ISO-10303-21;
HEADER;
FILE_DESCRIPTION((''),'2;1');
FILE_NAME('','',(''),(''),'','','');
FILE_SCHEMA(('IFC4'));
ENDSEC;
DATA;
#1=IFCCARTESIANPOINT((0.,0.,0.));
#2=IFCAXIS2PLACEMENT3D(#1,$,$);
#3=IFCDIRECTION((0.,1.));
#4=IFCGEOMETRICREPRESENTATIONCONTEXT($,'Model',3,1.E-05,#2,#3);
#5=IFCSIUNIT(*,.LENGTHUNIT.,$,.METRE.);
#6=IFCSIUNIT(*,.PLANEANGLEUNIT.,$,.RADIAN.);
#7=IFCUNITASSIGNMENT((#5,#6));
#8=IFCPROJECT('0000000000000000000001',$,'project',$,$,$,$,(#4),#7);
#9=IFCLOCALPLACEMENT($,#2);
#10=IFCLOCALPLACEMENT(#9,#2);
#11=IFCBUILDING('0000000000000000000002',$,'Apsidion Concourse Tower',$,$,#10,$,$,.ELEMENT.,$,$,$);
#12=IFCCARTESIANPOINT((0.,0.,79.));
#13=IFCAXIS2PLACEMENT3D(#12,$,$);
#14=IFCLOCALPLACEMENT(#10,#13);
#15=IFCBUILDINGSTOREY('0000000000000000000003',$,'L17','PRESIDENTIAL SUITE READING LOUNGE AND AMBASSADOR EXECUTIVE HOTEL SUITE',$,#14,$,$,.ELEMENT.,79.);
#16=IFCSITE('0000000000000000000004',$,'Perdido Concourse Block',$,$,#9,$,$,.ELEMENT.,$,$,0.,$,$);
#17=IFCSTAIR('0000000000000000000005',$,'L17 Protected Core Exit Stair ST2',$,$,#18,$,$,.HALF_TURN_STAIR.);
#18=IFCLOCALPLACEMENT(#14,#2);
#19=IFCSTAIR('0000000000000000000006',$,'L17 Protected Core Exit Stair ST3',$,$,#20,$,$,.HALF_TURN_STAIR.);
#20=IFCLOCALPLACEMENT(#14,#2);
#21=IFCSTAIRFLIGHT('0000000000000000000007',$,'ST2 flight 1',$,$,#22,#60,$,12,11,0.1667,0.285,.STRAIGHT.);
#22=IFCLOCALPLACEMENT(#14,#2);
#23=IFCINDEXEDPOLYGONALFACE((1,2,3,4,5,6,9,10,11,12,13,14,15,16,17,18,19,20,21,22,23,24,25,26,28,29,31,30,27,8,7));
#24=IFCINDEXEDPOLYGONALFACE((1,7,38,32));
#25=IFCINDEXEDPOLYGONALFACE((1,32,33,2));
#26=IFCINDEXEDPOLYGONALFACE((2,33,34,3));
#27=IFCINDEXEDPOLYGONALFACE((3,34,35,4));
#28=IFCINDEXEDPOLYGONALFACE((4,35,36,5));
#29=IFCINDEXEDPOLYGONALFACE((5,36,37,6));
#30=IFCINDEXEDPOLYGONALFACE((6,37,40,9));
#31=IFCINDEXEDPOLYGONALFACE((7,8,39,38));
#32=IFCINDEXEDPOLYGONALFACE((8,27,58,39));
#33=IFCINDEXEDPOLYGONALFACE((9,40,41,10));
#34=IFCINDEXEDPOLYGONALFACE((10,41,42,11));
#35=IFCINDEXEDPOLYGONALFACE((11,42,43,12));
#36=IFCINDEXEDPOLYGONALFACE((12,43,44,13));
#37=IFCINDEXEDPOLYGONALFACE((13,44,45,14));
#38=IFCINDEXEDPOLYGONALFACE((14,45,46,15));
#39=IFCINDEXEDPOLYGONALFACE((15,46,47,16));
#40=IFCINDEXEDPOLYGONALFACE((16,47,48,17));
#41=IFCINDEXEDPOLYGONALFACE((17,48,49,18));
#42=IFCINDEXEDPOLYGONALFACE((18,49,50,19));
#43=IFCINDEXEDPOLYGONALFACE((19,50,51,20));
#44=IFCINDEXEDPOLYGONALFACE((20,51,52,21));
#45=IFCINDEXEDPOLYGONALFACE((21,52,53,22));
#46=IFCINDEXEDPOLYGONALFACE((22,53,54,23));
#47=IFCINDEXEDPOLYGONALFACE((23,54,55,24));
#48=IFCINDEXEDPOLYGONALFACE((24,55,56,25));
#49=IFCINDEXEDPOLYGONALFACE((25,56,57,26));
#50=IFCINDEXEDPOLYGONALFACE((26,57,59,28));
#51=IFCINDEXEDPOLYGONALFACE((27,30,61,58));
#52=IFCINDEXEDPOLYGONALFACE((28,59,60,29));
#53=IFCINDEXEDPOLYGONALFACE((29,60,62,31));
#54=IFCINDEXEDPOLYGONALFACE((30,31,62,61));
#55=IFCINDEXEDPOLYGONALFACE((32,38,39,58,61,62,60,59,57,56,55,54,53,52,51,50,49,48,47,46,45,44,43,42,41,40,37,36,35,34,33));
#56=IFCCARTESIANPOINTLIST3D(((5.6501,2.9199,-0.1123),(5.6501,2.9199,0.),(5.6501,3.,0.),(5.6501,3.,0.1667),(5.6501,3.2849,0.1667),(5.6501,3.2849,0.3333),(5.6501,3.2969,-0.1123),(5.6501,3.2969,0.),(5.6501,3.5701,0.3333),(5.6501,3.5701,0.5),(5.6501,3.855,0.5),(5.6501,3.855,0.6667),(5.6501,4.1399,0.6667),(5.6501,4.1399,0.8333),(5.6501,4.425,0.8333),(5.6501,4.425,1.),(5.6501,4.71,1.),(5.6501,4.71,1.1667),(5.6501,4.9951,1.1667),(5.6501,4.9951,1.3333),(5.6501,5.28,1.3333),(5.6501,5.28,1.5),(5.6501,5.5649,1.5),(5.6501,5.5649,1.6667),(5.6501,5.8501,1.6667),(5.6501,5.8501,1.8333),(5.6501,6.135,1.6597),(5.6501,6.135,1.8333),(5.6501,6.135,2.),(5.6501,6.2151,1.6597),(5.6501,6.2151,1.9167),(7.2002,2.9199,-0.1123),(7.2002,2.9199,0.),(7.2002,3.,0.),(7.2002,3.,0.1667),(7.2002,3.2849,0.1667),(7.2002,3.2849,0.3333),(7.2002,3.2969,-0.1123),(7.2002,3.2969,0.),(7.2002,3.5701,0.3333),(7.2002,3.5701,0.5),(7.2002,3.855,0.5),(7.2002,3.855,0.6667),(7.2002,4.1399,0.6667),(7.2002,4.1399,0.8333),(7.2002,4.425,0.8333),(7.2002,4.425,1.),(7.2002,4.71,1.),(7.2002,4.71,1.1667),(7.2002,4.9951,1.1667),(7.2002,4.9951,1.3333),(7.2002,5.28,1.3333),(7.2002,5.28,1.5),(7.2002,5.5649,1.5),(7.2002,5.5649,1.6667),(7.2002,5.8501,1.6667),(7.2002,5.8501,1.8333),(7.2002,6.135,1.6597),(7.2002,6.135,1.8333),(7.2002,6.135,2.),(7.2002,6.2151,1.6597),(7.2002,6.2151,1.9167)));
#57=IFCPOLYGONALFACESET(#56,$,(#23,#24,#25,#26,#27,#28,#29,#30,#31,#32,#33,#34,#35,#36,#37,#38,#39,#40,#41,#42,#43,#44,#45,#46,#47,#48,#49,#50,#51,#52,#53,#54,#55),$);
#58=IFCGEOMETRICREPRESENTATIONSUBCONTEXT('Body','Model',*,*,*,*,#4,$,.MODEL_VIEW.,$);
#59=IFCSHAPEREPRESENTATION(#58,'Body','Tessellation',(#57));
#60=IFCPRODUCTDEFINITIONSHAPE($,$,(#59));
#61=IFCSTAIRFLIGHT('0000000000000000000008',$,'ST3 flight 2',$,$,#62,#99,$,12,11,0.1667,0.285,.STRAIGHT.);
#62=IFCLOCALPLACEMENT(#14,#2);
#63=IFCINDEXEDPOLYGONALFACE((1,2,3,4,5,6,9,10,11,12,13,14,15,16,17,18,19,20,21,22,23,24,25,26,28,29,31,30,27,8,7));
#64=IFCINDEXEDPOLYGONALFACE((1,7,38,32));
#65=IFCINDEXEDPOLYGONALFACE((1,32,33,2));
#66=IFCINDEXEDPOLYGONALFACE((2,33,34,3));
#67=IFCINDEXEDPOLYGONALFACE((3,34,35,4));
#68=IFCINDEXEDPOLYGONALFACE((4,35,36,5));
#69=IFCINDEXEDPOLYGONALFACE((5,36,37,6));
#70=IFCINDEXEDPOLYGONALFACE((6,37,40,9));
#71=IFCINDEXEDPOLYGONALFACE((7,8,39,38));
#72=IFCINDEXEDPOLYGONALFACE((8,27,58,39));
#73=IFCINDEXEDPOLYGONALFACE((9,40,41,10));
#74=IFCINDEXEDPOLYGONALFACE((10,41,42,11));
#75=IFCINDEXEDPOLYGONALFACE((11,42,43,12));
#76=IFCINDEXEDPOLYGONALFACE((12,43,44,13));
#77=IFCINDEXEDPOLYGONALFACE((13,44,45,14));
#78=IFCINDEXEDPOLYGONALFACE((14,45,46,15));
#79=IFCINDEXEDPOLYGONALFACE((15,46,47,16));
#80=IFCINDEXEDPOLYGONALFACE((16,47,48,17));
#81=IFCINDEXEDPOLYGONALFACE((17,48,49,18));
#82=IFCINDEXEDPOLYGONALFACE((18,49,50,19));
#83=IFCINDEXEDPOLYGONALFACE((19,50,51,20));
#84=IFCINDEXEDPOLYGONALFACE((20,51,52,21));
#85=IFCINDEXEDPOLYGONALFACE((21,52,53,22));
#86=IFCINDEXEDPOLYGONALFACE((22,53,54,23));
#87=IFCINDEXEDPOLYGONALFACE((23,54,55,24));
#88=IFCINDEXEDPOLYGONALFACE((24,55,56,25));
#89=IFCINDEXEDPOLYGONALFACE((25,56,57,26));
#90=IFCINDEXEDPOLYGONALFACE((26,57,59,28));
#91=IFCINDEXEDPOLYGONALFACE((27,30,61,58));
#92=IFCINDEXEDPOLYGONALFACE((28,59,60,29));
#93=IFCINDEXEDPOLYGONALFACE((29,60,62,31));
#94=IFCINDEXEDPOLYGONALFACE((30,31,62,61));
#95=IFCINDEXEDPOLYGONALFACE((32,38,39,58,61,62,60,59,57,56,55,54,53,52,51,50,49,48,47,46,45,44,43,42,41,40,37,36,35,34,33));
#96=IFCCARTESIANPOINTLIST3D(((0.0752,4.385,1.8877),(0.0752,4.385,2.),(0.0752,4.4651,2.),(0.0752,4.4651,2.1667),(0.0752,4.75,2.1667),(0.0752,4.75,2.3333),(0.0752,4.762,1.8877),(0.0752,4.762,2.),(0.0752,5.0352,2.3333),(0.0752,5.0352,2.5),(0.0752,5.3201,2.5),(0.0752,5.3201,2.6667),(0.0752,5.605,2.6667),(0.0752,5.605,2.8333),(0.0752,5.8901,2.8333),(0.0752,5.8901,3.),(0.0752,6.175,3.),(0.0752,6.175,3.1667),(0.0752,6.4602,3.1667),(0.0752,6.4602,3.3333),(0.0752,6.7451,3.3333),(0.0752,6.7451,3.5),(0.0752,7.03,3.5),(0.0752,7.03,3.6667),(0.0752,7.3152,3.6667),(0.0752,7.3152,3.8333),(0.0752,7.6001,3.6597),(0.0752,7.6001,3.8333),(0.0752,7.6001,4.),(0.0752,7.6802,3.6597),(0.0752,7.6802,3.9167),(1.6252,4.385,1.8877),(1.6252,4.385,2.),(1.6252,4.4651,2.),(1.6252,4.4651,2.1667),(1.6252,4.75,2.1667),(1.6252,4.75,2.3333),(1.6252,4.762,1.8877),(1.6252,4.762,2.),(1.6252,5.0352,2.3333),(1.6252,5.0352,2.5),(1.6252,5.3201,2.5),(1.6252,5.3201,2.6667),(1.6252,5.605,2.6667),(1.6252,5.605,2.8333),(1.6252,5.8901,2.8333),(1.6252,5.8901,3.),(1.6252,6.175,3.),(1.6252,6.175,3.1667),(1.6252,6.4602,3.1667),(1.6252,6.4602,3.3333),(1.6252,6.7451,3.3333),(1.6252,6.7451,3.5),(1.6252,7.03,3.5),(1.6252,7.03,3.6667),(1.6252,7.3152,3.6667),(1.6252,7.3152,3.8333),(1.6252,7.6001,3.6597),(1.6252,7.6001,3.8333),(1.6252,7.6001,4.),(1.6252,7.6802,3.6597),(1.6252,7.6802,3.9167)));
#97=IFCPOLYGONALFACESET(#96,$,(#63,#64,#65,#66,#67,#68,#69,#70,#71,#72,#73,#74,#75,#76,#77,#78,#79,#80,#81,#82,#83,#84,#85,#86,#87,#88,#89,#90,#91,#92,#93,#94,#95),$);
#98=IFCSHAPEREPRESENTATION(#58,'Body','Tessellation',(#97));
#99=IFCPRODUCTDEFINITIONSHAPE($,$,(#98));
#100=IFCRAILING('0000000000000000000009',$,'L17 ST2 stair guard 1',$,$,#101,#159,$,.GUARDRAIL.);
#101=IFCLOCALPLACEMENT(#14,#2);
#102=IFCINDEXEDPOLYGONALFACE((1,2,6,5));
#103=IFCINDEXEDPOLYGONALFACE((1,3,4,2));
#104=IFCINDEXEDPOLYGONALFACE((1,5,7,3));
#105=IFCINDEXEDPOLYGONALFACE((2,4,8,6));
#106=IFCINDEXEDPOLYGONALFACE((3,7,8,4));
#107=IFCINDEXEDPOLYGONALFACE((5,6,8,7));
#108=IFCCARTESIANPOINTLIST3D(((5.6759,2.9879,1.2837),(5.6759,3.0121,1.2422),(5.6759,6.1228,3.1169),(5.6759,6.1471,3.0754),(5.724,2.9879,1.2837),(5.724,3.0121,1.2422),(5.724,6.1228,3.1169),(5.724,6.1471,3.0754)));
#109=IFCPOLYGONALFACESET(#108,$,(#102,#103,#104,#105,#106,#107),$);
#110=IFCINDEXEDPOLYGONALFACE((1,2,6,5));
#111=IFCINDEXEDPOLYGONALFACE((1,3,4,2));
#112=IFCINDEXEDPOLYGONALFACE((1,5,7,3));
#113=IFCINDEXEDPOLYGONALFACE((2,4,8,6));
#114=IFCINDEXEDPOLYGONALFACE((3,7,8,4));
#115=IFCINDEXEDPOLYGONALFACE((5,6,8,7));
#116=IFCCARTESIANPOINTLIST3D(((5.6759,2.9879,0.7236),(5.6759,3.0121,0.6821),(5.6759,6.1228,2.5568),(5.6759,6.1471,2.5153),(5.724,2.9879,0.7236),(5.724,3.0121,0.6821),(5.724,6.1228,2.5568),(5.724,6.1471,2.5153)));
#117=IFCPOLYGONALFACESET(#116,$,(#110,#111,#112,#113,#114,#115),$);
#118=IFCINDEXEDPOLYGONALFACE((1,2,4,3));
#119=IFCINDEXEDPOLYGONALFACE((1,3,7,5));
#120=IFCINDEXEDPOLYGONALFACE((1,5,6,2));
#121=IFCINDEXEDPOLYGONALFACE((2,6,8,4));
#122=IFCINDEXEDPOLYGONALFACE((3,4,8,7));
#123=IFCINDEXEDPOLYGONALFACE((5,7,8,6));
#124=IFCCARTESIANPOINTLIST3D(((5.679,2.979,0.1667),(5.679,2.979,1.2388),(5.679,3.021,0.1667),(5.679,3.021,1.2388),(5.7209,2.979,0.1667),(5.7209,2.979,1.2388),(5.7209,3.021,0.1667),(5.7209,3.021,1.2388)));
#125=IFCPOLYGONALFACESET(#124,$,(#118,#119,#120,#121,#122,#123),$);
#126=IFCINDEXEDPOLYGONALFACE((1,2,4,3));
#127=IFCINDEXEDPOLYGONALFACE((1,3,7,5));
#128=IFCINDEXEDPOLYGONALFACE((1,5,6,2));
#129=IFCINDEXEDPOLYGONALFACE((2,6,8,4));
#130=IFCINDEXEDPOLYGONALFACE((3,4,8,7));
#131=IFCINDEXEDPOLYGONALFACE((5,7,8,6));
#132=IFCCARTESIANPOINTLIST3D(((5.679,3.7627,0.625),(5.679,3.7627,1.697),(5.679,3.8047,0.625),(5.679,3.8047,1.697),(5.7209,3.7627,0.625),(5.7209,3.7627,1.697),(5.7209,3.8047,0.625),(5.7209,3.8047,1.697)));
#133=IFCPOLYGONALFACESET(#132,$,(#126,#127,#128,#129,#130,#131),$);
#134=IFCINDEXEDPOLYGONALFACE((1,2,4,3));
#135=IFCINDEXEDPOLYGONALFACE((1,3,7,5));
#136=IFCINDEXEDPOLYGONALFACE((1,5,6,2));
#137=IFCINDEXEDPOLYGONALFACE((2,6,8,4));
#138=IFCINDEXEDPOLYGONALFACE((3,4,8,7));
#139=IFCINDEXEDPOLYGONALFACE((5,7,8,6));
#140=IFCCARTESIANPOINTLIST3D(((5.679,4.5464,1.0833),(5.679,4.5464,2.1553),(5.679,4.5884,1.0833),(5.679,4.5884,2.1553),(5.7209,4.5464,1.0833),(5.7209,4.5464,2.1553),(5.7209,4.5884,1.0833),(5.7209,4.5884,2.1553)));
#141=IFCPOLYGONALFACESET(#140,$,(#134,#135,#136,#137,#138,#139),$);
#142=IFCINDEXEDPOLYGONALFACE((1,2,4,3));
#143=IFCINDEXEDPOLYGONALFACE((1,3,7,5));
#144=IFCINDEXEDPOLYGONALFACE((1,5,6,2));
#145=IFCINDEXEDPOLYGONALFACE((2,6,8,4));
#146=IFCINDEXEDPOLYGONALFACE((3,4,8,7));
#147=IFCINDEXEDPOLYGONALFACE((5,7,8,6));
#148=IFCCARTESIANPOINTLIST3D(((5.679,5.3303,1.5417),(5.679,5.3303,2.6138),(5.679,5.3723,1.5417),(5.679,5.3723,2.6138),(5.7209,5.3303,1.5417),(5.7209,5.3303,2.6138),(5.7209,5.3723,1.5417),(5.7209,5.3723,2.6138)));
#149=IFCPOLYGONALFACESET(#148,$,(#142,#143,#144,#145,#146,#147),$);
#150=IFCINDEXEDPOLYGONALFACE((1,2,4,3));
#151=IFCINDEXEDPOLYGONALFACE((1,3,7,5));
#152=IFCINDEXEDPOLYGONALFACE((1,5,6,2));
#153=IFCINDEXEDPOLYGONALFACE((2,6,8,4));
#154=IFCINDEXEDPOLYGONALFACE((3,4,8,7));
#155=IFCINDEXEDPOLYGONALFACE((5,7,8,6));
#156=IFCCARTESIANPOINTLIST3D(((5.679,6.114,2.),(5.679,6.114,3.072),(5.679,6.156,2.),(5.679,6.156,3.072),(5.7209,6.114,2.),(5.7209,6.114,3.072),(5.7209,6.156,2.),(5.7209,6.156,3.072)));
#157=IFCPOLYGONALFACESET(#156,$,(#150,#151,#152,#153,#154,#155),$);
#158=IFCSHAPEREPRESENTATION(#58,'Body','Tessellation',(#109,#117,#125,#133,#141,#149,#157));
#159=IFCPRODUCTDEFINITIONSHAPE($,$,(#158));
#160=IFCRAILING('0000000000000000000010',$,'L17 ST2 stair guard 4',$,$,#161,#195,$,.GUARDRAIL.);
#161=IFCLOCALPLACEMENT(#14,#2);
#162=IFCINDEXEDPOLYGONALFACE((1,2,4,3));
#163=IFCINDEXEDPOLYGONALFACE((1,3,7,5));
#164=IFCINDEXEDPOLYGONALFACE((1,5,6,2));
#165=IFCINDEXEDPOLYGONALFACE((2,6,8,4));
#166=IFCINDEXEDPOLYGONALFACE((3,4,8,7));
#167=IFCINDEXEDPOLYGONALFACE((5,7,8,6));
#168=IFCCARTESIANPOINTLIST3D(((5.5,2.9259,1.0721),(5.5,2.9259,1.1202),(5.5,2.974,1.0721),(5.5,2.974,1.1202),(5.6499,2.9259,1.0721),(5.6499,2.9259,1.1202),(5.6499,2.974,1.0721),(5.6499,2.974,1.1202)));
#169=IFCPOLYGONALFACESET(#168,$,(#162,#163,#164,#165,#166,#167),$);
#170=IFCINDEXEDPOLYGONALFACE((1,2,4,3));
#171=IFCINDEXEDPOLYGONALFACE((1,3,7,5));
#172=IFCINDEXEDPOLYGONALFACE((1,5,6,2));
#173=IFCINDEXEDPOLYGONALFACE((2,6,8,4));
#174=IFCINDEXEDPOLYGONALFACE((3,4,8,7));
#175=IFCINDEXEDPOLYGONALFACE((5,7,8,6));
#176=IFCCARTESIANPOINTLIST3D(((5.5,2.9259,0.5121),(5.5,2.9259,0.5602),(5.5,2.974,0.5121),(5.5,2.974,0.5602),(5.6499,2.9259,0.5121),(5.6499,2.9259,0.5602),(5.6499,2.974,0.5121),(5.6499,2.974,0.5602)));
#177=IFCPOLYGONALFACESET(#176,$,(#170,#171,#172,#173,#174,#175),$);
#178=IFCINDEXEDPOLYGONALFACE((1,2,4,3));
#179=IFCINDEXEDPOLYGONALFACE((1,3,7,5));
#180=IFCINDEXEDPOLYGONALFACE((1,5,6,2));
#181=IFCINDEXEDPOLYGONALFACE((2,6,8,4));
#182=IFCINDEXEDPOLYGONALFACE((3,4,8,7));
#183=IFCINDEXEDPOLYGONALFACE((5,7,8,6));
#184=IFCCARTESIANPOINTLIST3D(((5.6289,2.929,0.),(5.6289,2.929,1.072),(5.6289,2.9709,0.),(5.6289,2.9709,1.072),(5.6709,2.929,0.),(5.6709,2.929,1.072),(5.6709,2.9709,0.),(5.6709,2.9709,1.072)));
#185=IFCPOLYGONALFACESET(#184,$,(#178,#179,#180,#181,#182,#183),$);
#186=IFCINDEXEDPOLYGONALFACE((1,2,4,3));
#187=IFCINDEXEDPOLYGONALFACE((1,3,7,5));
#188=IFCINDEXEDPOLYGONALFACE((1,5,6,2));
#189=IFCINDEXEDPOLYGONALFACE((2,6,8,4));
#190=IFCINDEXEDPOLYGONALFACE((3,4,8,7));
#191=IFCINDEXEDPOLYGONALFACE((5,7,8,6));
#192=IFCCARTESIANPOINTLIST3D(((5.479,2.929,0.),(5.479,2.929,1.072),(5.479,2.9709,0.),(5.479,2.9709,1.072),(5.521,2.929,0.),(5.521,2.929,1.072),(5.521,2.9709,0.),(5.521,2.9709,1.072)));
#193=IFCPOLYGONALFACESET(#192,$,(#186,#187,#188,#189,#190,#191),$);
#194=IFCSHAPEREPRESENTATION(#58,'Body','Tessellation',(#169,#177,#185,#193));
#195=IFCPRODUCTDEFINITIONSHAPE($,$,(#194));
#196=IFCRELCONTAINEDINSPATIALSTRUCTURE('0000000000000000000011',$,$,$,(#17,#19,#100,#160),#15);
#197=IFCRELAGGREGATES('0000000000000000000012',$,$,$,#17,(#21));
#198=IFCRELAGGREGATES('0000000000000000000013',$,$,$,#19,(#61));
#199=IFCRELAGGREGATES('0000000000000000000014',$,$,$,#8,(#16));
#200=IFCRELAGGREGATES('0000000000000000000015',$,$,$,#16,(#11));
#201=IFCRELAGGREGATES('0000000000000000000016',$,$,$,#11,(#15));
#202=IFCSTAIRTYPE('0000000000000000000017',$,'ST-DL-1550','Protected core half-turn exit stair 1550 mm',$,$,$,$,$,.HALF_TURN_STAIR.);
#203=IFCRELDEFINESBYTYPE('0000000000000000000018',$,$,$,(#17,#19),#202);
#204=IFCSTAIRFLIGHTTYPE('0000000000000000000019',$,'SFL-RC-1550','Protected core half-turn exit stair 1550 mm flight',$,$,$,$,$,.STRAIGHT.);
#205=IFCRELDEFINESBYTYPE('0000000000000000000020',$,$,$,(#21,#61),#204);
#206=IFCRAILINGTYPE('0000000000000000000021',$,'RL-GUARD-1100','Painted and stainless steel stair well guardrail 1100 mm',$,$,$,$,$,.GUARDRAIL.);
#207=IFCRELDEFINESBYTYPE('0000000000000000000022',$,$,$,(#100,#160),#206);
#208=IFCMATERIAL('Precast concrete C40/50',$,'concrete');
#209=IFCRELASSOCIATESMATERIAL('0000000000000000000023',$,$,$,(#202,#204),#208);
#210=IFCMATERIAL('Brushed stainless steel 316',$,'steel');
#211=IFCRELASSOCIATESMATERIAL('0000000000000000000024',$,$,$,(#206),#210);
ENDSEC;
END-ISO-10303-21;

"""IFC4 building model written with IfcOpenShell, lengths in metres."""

from ifc_helpers import new_model, si_unit, direction, frame, origin, origin_2d, place, context, subcontext, project, spatial, polyline, rectangle, outline, extrude, material, type_object, element, aggregate, save


model = new_model("IFC4")

# Units and contexts
model_context = context("Model", 3, precision=1e-05, world=origin(), true_north=direction((0.0, 1.0)))
body_context = subcontext(model_context, "Body", "Model", "MODEL_VIEW")
ifc_project = project(units=[si_unit("LENGTHUNIT", "METRE"), si_unit("PLANEANGLEUNIT", "RADIAN")], contexts=[model_context])

# Site, building, storey
site_placement = place(None, origin())
site = spatial("IfcSite", under=ifc_project, at=site_placement, Name="Perdido Concourse Block", CompositionType="ELEMENT", RefElevation=0.0)
building_placement = place(site_placement, origin())
building = spatial("IfcBuilding", under=site, at=building_placement, Name="Apsidion Concourse Tower", CompositionType="ELEMENT")
storey_placement = place(building_placement, frame((0.0, 0.0, 79.0)))
storey = spatial("IfcBuildingStorey", under=building, at=storey_placement, Name="L17", Description="PRESIDENTIAL SUITE READING LOUNGE AND AMBASSADOR EXECUTIVE HOTEL SUITE", CompositionType="ELEMENT", Elevation=79.0)

# Stairs
ifc_material_1 = material(Name="Precast concrete C40/50", Category="concrete")
stair_type = type_object("IfcStairType", Name="ST-DL-1550", Description="Protected core half-turn exit stair 1550 mm", PredefinedType="HALF_TURN_STAIR", material=ifc_material_1)
stair_1_placement = place(storey_placement, origin())
stair_1 = element("IfcStair", 1, at=stair_1_placement, inside=storey, type_object=stair_type, Name="L17 Protected Core Exit Stair ST2", PredefinedType="HALF_TURN_STAIR")
stair_2_placement = place(storey_placement, origin())
stair_2 = element("IfcStair", 2, at=stair_2_placement, inside=storey, type_object=stair_type, Name="L17 Protected Core Exit Stair ST3", PredefinedType="HALF_TURN_STAIR")

# Stair flights
stair_flight_type = type_object("IfcStairFlightType", Name="SFL-RC-1550", Description="Protected core half-turn exit stair 1550 mm flight", PredefinedType="STRAIGHT", material=ifc_material_1)
stair_flight_1_placement = place(storey_placement, frame((6.425, 3.0, 0.0), z_axis=(0.0, 0.0, 1.0), x_axis=(0.0, 1.0, 0.0)))
stair_flight_1 = element("IfcStairFlight", 3, at=stair_flight_1_placement, type_object=stair_flight_type, Name="ST2 flight 1", NumberOfRisers=12, NumberOfTreads=11, PredefinedType="STRAIGHT", RiserHeight=0.1667, TreadLength=0.285, context=body_context, shape_type="SweptSolid", body=[
    extrude(outline(polyline([(-0.0801, -0.1123), (-0.0801, 0.0), (0.0, 0.0), (0.0, 0.1667), (0.2849, 0.1667), (0.2849, 0.3333), (0.5701, 0.3333), (0.5701, 0.5), (0.855, 0.5), (0.855, 0.6667), (1.1399, 0.6667), (1.1399, 0.8333), (1.425, 0.8333), (1.425, 1.0), (1.71, 1.0), (1.71, 1.1667), (1.9951, 1.1667), (1.9951, 1.3333), (2.28, 1.3333), (2.28, 1.5), (2.5649, 1.5), (2.5649, 1.6667), (2.8501, 1.6667), (2.8501, 1.8333), (3.135, 1.8333), (3.135, 2.0), (3.2151, 1.9167), (3.2151, 1.6597), (3.135, 1.6597), (0.2969, 0.0), (0.2969, -0.1123), (-0.0801, -0.1123)])), frame((0.0, 0.7749, 0.0), z_axis=(0.0, -1.0, 0.0), x_axis=(1.0, 0.0, 0.0)), (0.0, 0.0, 1.0), 1.55),
])
aggregate(stair_1, [stair_flight_1])
stair_flight_2_placement = place(storey_placement, frame((0.8501, 4.4651, 2.0), z_axis=(0.0, 0.0, 1.0), x_axis=(0.0, 1.0, 0.0)))
stair_flight_2 = element("IfcStairFlight", 4, at=stair_flight_2_placement, type_object=stair_flight_type, Name="ST3 flight 2", NumberOfRisers=12, NumberOfTreads=11, PredefinedType="STRAIGHT", RiserHeight=0.1667, TreadLength=0.285, context=body_context, shape_type="SweptSolid", body=[
    extrude(outline(polyline([(-0.0801, -0.1123), (-0.0801, 0.0), (0.0, 0.0), (0.0, 0.1667), (0.2849, 0.1667), (0.2849, 0.3333), (0.5701, 0.3333), (0.5701, 0.5), (0.855, 0.5), (0.855, 0.6667), (1.1399, 0.6667), (1.1399, 0.8333), (1.425, 0.8333), (1.425, 1.0), (1.71, 1.0), (1.71, 1.1667), (1.9951, 1.1667), (1.9951, 1.3333), (2.28, 1.3333), (2.28, 1.5), (2.5649, 1.5), (2.5649, 1.6667), (2.8501, 1.6667), (2.8501, 1.8333), (3.135, 1.8333), (3.135, 2.0), (3.2151, 1.9167), (3.2151, 1.6597), (3.135, 1.6597), (0.2969, 0.0), (0.2969, -0.1123), (-0.0801, -0.1123)])), frame((0.0, 0.7749, 0.0), z_axis=(0.0, -1.0, 0.0), x_axis=(1.0, 0.0, 0.0)), (0.0, 0.0, 1.0), 1.55),
])
aggregate(stair_2, [stair_flight_2])

# Railings
ifc_material_2 = material(Name="Brushed stainless steel 316", Category="steel")
railing_type_1 = type_object("IfcRailingType", Name="RL-GUARD-1100", Description="Painted and stainless steel stair well guardrail 1100 mm", PredefinedType="GUARDRAIL", material=ifc_material_2)
railing_1_placement = place(storey_placement, frame((5.7, 3.0, 0.1667)))
element("IfcRailing", 5, at=railing_1_placement, inside=storey, type_object=railing_type_1, Name="L17 ST2 stair guard 1", PredefinedType="GUARDRAIL", context=body_context, shape_type="SweptSolid", body=[
    extrude(rectangle(XDim=0.0481, YDim=0.0481, at=origin_2d()), frame((0.0, 0.0, 1.0962), z_axis=(0.0, 0.86324, 0.504794), x_axis=(-1.0, 0.0, 0.0)), (0.0, 0.0, 1.0), 3.6316),
    extrude(rectangle(XDim=0.0481, YDim=0.0481, at=origin_2d()), frame((0.0, 0.0, 0.5361), z_axis=(0.0, 0.86324, 0.504794), x_axis=(-1.0, 0.0, 0.0)), (0.0, 0.0, 1.0), 3.6316),
    extrude(rectangle(XDim=0.042, YDim=0.042, at=origin_2d()), origin(), (0.0, 0.0, 1.0), 1.072),
    extrude(rectangle(XDim=0.042, YDim=0.042, at=origin_2d()), frame((0.0, 0.7837, 0.4583)), (0.0, 0.0, 1.0), 1.072),
    extrude(rectangle(XDim=0.042, YDim=0.042, at=origin_2d()), frame((0.0, 1.5674, 0.9165)), (0.0, 0.0, 1.0), 1.072),
    extrude(rectangle(XDim=0.042, YDim=0.042, at=origin_2d()), frame((0.0, 2.3513, 1.375)), (0.0, 0.0, 1.0), 1.072),
    extrude(rectangle(XDim=0.042, YDim=0.042, at=origin_2d()), frame((0.0, 3.135, 1.8333)), (0.0, 0.0, 1.0), 1.072),
])
railing_2_placement = place(storey_placement, frame((5.6499, 2.95, 0.0)))
element("IfcRailing", 6, at=railing_2_placement, inside=storey, type_object=railing_type_1, Name="L17 ST2 stair guard 4", PredefinedType="GUARDRAIL", context=body_context, shape_type="SweptSolid", body=[
    extrude(rectangle(XDim=0.0481, YDim=0.0481, at=origin_2d()), frame((0.0, 0.0, 1.0962), z_axis=(-1.0, 0.0, 0.0), x_axis=(0.0, -1.0, 0.0)), (0.0, 0.0, 1.0), 0.1499),
    extrude(rectangle(XDim=0.0481, YDim=0.0481, at=origin_2d()), frame((0.0, 0.0, 0.5361), z_axis=(-1.0, 0.0, 0.0), x_axis=(0.0, -1.0, 0.0)), (0.0, 0.0, 1.0), 0.1499),
    extrude(rectangle(XDim=0.042, YDim=0.042, at=origin_2d()), origin(), (0.0, 0.0, 1.0), 1.072),
    extrude(rectangle(XDim=0.042, YDim=0.042, at=origin_2d()), frame((-0.1499, 0.0, 0.0)), (0.0, 0.0, 1.0), 1.072),
])

save(model, "model.ifc")
